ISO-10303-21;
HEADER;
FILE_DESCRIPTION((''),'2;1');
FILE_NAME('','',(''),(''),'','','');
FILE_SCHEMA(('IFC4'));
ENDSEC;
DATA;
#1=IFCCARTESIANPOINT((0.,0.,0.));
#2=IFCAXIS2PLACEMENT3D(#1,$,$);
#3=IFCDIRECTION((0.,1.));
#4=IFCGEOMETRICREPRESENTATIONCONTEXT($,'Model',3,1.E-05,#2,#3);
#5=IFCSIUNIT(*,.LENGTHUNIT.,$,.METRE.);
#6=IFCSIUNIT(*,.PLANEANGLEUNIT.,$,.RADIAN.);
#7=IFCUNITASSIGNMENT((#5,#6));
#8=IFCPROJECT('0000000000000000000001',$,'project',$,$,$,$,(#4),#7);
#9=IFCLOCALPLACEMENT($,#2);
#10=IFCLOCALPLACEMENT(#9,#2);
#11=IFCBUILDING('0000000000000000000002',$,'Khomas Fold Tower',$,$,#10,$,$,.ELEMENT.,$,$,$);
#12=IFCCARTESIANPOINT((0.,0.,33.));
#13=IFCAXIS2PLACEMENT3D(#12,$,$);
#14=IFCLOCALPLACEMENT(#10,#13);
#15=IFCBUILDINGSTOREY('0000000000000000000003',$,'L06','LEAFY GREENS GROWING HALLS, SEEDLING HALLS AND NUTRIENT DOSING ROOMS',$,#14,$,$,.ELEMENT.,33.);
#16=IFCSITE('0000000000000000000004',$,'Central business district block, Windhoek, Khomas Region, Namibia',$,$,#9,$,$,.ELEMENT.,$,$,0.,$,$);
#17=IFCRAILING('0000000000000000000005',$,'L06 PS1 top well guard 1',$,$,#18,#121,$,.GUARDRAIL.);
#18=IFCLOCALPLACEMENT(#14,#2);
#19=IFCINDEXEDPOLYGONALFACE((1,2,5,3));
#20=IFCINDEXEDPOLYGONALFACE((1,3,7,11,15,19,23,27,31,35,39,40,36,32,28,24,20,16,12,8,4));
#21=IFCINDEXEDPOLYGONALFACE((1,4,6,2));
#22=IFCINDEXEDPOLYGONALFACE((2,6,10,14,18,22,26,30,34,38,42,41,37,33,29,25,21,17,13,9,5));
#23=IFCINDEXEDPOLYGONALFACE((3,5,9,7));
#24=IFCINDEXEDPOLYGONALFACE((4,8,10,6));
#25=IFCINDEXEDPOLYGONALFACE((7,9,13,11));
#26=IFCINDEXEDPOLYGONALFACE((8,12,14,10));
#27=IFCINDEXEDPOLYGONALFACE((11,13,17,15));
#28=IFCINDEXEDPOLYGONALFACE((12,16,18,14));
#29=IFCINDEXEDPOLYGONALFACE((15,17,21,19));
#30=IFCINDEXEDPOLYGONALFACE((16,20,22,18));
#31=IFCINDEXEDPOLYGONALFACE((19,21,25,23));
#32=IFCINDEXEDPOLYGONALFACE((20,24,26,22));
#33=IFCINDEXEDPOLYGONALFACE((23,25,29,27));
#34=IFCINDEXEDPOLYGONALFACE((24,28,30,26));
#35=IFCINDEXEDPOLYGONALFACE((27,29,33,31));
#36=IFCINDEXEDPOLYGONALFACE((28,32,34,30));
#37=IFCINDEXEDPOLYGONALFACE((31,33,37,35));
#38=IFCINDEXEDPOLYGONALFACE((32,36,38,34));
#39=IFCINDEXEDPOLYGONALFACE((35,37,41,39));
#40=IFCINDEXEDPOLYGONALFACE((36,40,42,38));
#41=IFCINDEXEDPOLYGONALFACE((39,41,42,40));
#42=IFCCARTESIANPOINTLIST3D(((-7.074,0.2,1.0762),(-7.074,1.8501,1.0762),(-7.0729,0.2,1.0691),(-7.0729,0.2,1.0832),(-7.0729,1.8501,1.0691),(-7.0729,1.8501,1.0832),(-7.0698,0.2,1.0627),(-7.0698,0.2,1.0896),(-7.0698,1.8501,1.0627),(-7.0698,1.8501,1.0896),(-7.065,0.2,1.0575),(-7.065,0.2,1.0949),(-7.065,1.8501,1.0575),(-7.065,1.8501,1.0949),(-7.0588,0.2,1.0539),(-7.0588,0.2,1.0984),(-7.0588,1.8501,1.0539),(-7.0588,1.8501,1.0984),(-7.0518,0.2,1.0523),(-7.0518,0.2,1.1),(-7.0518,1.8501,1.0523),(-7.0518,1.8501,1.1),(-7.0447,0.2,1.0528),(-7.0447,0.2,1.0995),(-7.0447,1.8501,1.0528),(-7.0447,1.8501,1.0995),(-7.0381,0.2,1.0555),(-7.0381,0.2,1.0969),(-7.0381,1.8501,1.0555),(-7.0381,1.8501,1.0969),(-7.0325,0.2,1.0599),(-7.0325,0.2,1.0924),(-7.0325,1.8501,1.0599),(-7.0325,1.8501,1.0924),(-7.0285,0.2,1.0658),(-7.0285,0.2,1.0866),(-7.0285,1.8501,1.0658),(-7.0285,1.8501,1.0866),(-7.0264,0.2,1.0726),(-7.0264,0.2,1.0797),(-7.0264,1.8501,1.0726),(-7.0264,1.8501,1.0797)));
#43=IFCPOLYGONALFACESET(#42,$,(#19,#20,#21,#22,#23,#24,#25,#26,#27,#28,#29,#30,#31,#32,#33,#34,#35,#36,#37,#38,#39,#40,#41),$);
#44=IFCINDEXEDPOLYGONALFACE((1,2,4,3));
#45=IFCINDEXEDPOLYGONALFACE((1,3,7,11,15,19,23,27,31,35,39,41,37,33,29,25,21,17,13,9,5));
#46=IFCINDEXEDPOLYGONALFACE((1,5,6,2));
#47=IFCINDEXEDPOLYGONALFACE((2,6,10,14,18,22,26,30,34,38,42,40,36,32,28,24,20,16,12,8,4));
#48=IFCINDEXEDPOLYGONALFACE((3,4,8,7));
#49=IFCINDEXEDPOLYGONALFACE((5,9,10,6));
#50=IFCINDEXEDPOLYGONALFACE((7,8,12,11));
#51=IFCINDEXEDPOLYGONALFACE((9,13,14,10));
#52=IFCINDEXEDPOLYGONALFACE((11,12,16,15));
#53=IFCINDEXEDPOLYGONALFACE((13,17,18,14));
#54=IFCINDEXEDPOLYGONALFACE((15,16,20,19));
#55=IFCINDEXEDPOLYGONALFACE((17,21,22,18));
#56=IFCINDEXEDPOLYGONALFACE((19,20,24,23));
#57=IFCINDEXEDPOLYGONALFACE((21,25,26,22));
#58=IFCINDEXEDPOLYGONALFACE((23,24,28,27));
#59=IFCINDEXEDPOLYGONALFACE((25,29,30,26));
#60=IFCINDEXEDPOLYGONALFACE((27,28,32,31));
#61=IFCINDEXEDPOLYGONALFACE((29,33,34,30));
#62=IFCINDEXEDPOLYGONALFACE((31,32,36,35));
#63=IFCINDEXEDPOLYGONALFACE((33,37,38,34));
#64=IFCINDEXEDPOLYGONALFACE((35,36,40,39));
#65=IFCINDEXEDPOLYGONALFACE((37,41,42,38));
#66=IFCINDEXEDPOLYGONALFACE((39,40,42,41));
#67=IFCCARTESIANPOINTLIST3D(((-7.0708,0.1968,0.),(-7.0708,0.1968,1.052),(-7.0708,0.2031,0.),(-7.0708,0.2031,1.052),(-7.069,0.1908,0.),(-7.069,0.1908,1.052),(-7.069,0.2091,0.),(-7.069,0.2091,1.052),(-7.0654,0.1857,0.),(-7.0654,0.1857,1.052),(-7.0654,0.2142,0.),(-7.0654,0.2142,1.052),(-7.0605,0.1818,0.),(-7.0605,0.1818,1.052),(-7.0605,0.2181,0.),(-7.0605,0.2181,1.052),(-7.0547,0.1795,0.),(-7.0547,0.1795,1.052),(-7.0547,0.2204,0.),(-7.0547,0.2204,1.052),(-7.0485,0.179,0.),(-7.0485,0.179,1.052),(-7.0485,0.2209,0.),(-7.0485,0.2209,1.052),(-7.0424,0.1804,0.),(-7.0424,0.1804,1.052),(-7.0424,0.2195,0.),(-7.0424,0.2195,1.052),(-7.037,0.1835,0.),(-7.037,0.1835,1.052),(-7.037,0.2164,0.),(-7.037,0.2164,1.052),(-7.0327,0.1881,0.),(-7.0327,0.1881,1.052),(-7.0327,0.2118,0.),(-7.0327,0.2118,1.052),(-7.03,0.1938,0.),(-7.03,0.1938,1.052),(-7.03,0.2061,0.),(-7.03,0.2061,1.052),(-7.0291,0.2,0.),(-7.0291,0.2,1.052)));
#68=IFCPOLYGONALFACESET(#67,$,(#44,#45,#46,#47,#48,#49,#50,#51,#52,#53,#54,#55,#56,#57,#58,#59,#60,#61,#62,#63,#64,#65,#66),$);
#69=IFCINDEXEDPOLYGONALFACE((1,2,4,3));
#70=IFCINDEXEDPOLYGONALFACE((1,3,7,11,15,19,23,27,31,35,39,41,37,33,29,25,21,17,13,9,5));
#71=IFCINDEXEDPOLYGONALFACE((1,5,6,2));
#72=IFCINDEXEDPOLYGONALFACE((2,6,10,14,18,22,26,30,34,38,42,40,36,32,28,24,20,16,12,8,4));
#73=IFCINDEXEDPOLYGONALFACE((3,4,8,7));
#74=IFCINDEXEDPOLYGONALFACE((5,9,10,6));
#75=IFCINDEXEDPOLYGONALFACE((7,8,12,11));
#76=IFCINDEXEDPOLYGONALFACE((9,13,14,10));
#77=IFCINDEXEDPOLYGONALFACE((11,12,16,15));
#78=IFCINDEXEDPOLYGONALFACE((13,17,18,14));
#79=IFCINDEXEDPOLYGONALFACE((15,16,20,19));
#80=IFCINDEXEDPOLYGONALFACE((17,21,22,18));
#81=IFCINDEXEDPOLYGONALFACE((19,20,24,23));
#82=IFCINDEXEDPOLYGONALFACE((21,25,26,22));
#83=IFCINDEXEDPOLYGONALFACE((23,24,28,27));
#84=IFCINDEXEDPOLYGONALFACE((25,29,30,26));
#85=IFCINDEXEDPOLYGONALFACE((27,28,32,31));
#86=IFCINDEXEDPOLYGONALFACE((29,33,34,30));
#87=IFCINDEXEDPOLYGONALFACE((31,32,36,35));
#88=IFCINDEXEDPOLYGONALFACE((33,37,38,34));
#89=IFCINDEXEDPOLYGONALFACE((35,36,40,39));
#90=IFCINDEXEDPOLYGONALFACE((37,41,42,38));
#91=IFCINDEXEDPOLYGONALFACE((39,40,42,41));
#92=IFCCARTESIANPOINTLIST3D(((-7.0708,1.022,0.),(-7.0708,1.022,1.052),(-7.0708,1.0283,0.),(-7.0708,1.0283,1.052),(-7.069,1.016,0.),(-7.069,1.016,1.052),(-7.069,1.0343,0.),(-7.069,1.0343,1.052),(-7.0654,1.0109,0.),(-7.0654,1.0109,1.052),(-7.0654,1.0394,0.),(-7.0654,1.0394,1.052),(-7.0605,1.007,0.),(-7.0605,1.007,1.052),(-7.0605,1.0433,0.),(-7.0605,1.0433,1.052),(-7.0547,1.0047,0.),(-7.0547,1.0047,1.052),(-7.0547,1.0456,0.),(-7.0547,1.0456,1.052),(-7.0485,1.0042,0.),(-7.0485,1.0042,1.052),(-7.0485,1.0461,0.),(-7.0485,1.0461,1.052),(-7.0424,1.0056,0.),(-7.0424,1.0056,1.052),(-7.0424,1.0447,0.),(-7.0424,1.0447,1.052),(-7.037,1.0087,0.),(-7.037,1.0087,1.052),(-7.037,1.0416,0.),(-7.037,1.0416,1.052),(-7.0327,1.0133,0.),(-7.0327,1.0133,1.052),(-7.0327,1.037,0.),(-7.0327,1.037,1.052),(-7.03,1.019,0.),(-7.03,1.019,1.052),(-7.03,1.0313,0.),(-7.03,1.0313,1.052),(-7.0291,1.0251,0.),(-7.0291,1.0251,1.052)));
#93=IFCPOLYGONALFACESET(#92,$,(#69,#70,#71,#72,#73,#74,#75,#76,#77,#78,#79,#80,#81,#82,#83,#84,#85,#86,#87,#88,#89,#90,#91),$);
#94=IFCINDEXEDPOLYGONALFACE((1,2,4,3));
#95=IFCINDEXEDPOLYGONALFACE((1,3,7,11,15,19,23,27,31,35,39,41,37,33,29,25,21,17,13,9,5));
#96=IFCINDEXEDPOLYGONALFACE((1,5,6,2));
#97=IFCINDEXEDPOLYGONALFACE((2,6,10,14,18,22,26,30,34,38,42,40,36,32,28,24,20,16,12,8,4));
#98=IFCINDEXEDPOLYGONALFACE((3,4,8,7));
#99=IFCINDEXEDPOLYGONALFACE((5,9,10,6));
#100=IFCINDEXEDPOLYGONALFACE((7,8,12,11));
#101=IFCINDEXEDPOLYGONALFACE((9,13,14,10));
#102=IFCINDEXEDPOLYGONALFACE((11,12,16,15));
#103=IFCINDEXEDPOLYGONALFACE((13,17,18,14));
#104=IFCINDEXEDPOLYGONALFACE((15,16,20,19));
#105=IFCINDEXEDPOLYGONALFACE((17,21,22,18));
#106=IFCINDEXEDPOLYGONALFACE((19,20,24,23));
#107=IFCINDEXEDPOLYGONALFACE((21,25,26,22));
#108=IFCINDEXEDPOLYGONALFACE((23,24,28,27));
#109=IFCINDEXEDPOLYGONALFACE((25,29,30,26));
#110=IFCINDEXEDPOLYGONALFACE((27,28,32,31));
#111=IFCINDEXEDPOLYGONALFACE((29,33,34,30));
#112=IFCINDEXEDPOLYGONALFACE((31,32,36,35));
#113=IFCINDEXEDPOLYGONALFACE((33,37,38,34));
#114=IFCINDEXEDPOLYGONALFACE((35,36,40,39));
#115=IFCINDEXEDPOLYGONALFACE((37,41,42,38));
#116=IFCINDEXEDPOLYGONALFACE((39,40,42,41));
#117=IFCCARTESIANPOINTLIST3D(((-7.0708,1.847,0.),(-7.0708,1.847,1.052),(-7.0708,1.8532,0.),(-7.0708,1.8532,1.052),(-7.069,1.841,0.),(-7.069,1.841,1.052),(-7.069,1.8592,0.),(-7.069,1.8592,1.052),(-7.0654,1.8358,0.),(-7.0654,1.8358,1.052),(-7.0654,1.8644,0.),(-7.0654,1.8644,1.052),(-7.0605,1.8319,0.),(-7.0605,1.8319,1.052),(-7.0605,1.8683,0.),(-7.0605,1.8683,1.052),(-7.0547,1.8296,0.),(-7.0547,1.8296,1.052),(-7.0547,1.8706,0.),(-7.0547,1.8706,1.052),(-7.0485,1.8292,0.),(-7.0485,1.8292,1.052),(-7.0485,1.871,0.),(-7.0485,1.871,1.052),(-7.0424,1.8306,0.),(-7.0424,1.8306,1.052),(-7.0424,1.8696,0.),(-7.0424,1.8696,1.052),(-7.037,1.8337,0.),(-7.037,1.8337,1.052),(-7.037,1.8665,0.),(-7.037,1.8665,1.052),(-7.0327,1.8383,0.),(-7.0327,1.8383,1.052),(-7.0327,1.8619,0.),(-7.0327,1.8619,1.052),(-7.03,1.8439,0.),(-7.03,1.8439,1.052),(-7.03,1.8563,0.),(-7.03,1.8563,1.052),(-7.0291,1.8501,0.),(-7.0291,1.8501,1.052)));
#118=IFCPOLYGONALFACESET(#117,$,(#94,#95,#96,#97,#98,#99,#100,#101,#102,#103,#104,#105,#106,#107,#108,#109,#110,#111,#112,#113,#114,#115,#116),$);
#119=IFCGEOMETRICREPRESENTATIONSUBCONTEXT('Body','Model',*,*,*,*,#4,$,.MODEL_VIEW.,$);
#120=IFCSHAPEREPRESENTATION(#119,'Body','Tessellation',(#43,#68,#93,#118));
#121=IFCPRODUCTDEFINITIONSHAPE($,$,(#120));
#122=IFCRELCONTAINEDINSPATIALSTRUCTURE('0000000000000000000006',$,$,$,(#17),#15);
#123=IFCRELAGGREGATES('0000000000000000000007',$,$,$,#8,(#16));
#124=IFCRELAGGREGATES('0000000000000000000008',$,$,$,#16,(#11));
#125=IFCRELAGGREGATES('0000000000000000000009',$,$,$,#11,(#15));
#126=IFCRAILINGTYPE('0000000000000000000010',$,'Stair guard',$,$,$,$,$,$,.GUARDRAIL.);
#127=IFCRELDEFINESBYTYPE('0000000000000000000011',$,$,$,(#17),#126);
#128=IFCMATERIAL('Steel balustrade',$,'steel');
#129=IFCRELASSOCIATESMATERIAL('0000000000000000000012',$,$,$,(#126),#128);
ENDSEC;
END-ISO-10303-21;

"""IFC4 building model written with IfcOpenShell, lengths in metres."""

from ifc_helpers import new_model, si_unit, direction, frame, origin, origin_2d, place, context, subcontext, project, spatial, circle, extrude, source, transform, mapped, material, type_object, element, save


model = new_model("IFC4")

# Units and contexts
model_context = context("Model", 3, precision=1e-05, world=origin(), true_north=direction((0.0, 1.0)))
body_context = subcontext(model_context, "Body", "Model", "MODEL_VIEW")
ifc_project = project(units=[si_unit("LENGTHUNIT", "METRE"), si_unit("PLANEANGLEUNIT", "RADIAN")], contexts=[model_context])

# Site, building, storey
site_placement = place(None, origin())
site = spatial("IfcSite", under=ifc_project, at=site_placement, Name="Central business district block, Windhoek, Khomas Region, Namibia", CompositionType="ELEMENT", RefElevation=0.0)
building_placement = place(site_placement, origin())
building = spatial("IfcBuilding", under=site, at=building_placement, Name="Khomas Fold Tower", CompositionType="ELEMENT")
storey_placement = place(building_placement, frame((0.0, 0.0, 33.0)))
storey = spatial("IfcBuildingStorey", under=building, at=storey_placement, Name="L06", Description="LEAFY GREENS GROWING HALLS, SEEDLING HALLS AND NUTRIENT DOSING ROOMS", CompositionType="ELEMENT", Elevation=33.0)

# Railing
ifc_material_1 = material(Name="Steel balustrade", Category="steel")
railing_type_1 = type_object("IfcRailingType", Name="Stair guard", PredefinedType="GUARDRAIL", material=ifc_material_1)
shared_shape_1 = source(origin(), body_context, "Body", "SweptSolid", [
    extrude(circle(Radius=0.0239, at=origin_2d()), frame((0.0, 0.0, 1.0762), z_axis=(0.0, 1.0, 0.0), x_axis=(-1.0, 0.0, 0.0)), (0.0, 0.0, 1.0), 1.6501),
    extrude(circle(Radius=0.021, at=origin_2d()), origin(), (0.0, 0.0, 1.0), 1.052),
    extrude(circle(Radius=0.021, at=origin_2d()), frame((0.0, 0.8252, 0.0)), (0.0, 0.0, 1.0), 1.052),
    extrude(circle(Radius=0.021, at=origin_2d()), frame((0.0, 1.6501, 0.0)), (0.0, 0.0, 1.0), 1.052),
])
railing_1_placement = place(storey_placement, frame((-7.05, 0.2, 0.0)))
element("IfcRailing", 1, at=railing_1_placement, inside=storey, type_object=railing_type_1, Name="L06 PS1 top well guard 1", PredefinedType="GUARDRAIL", context=body_context, shape_type="MappedRepresentation", body=[
    mapped(shared_shape_1, transform((0.0, 0.0, 0.0))),
])

save(model, "model.ifc")
